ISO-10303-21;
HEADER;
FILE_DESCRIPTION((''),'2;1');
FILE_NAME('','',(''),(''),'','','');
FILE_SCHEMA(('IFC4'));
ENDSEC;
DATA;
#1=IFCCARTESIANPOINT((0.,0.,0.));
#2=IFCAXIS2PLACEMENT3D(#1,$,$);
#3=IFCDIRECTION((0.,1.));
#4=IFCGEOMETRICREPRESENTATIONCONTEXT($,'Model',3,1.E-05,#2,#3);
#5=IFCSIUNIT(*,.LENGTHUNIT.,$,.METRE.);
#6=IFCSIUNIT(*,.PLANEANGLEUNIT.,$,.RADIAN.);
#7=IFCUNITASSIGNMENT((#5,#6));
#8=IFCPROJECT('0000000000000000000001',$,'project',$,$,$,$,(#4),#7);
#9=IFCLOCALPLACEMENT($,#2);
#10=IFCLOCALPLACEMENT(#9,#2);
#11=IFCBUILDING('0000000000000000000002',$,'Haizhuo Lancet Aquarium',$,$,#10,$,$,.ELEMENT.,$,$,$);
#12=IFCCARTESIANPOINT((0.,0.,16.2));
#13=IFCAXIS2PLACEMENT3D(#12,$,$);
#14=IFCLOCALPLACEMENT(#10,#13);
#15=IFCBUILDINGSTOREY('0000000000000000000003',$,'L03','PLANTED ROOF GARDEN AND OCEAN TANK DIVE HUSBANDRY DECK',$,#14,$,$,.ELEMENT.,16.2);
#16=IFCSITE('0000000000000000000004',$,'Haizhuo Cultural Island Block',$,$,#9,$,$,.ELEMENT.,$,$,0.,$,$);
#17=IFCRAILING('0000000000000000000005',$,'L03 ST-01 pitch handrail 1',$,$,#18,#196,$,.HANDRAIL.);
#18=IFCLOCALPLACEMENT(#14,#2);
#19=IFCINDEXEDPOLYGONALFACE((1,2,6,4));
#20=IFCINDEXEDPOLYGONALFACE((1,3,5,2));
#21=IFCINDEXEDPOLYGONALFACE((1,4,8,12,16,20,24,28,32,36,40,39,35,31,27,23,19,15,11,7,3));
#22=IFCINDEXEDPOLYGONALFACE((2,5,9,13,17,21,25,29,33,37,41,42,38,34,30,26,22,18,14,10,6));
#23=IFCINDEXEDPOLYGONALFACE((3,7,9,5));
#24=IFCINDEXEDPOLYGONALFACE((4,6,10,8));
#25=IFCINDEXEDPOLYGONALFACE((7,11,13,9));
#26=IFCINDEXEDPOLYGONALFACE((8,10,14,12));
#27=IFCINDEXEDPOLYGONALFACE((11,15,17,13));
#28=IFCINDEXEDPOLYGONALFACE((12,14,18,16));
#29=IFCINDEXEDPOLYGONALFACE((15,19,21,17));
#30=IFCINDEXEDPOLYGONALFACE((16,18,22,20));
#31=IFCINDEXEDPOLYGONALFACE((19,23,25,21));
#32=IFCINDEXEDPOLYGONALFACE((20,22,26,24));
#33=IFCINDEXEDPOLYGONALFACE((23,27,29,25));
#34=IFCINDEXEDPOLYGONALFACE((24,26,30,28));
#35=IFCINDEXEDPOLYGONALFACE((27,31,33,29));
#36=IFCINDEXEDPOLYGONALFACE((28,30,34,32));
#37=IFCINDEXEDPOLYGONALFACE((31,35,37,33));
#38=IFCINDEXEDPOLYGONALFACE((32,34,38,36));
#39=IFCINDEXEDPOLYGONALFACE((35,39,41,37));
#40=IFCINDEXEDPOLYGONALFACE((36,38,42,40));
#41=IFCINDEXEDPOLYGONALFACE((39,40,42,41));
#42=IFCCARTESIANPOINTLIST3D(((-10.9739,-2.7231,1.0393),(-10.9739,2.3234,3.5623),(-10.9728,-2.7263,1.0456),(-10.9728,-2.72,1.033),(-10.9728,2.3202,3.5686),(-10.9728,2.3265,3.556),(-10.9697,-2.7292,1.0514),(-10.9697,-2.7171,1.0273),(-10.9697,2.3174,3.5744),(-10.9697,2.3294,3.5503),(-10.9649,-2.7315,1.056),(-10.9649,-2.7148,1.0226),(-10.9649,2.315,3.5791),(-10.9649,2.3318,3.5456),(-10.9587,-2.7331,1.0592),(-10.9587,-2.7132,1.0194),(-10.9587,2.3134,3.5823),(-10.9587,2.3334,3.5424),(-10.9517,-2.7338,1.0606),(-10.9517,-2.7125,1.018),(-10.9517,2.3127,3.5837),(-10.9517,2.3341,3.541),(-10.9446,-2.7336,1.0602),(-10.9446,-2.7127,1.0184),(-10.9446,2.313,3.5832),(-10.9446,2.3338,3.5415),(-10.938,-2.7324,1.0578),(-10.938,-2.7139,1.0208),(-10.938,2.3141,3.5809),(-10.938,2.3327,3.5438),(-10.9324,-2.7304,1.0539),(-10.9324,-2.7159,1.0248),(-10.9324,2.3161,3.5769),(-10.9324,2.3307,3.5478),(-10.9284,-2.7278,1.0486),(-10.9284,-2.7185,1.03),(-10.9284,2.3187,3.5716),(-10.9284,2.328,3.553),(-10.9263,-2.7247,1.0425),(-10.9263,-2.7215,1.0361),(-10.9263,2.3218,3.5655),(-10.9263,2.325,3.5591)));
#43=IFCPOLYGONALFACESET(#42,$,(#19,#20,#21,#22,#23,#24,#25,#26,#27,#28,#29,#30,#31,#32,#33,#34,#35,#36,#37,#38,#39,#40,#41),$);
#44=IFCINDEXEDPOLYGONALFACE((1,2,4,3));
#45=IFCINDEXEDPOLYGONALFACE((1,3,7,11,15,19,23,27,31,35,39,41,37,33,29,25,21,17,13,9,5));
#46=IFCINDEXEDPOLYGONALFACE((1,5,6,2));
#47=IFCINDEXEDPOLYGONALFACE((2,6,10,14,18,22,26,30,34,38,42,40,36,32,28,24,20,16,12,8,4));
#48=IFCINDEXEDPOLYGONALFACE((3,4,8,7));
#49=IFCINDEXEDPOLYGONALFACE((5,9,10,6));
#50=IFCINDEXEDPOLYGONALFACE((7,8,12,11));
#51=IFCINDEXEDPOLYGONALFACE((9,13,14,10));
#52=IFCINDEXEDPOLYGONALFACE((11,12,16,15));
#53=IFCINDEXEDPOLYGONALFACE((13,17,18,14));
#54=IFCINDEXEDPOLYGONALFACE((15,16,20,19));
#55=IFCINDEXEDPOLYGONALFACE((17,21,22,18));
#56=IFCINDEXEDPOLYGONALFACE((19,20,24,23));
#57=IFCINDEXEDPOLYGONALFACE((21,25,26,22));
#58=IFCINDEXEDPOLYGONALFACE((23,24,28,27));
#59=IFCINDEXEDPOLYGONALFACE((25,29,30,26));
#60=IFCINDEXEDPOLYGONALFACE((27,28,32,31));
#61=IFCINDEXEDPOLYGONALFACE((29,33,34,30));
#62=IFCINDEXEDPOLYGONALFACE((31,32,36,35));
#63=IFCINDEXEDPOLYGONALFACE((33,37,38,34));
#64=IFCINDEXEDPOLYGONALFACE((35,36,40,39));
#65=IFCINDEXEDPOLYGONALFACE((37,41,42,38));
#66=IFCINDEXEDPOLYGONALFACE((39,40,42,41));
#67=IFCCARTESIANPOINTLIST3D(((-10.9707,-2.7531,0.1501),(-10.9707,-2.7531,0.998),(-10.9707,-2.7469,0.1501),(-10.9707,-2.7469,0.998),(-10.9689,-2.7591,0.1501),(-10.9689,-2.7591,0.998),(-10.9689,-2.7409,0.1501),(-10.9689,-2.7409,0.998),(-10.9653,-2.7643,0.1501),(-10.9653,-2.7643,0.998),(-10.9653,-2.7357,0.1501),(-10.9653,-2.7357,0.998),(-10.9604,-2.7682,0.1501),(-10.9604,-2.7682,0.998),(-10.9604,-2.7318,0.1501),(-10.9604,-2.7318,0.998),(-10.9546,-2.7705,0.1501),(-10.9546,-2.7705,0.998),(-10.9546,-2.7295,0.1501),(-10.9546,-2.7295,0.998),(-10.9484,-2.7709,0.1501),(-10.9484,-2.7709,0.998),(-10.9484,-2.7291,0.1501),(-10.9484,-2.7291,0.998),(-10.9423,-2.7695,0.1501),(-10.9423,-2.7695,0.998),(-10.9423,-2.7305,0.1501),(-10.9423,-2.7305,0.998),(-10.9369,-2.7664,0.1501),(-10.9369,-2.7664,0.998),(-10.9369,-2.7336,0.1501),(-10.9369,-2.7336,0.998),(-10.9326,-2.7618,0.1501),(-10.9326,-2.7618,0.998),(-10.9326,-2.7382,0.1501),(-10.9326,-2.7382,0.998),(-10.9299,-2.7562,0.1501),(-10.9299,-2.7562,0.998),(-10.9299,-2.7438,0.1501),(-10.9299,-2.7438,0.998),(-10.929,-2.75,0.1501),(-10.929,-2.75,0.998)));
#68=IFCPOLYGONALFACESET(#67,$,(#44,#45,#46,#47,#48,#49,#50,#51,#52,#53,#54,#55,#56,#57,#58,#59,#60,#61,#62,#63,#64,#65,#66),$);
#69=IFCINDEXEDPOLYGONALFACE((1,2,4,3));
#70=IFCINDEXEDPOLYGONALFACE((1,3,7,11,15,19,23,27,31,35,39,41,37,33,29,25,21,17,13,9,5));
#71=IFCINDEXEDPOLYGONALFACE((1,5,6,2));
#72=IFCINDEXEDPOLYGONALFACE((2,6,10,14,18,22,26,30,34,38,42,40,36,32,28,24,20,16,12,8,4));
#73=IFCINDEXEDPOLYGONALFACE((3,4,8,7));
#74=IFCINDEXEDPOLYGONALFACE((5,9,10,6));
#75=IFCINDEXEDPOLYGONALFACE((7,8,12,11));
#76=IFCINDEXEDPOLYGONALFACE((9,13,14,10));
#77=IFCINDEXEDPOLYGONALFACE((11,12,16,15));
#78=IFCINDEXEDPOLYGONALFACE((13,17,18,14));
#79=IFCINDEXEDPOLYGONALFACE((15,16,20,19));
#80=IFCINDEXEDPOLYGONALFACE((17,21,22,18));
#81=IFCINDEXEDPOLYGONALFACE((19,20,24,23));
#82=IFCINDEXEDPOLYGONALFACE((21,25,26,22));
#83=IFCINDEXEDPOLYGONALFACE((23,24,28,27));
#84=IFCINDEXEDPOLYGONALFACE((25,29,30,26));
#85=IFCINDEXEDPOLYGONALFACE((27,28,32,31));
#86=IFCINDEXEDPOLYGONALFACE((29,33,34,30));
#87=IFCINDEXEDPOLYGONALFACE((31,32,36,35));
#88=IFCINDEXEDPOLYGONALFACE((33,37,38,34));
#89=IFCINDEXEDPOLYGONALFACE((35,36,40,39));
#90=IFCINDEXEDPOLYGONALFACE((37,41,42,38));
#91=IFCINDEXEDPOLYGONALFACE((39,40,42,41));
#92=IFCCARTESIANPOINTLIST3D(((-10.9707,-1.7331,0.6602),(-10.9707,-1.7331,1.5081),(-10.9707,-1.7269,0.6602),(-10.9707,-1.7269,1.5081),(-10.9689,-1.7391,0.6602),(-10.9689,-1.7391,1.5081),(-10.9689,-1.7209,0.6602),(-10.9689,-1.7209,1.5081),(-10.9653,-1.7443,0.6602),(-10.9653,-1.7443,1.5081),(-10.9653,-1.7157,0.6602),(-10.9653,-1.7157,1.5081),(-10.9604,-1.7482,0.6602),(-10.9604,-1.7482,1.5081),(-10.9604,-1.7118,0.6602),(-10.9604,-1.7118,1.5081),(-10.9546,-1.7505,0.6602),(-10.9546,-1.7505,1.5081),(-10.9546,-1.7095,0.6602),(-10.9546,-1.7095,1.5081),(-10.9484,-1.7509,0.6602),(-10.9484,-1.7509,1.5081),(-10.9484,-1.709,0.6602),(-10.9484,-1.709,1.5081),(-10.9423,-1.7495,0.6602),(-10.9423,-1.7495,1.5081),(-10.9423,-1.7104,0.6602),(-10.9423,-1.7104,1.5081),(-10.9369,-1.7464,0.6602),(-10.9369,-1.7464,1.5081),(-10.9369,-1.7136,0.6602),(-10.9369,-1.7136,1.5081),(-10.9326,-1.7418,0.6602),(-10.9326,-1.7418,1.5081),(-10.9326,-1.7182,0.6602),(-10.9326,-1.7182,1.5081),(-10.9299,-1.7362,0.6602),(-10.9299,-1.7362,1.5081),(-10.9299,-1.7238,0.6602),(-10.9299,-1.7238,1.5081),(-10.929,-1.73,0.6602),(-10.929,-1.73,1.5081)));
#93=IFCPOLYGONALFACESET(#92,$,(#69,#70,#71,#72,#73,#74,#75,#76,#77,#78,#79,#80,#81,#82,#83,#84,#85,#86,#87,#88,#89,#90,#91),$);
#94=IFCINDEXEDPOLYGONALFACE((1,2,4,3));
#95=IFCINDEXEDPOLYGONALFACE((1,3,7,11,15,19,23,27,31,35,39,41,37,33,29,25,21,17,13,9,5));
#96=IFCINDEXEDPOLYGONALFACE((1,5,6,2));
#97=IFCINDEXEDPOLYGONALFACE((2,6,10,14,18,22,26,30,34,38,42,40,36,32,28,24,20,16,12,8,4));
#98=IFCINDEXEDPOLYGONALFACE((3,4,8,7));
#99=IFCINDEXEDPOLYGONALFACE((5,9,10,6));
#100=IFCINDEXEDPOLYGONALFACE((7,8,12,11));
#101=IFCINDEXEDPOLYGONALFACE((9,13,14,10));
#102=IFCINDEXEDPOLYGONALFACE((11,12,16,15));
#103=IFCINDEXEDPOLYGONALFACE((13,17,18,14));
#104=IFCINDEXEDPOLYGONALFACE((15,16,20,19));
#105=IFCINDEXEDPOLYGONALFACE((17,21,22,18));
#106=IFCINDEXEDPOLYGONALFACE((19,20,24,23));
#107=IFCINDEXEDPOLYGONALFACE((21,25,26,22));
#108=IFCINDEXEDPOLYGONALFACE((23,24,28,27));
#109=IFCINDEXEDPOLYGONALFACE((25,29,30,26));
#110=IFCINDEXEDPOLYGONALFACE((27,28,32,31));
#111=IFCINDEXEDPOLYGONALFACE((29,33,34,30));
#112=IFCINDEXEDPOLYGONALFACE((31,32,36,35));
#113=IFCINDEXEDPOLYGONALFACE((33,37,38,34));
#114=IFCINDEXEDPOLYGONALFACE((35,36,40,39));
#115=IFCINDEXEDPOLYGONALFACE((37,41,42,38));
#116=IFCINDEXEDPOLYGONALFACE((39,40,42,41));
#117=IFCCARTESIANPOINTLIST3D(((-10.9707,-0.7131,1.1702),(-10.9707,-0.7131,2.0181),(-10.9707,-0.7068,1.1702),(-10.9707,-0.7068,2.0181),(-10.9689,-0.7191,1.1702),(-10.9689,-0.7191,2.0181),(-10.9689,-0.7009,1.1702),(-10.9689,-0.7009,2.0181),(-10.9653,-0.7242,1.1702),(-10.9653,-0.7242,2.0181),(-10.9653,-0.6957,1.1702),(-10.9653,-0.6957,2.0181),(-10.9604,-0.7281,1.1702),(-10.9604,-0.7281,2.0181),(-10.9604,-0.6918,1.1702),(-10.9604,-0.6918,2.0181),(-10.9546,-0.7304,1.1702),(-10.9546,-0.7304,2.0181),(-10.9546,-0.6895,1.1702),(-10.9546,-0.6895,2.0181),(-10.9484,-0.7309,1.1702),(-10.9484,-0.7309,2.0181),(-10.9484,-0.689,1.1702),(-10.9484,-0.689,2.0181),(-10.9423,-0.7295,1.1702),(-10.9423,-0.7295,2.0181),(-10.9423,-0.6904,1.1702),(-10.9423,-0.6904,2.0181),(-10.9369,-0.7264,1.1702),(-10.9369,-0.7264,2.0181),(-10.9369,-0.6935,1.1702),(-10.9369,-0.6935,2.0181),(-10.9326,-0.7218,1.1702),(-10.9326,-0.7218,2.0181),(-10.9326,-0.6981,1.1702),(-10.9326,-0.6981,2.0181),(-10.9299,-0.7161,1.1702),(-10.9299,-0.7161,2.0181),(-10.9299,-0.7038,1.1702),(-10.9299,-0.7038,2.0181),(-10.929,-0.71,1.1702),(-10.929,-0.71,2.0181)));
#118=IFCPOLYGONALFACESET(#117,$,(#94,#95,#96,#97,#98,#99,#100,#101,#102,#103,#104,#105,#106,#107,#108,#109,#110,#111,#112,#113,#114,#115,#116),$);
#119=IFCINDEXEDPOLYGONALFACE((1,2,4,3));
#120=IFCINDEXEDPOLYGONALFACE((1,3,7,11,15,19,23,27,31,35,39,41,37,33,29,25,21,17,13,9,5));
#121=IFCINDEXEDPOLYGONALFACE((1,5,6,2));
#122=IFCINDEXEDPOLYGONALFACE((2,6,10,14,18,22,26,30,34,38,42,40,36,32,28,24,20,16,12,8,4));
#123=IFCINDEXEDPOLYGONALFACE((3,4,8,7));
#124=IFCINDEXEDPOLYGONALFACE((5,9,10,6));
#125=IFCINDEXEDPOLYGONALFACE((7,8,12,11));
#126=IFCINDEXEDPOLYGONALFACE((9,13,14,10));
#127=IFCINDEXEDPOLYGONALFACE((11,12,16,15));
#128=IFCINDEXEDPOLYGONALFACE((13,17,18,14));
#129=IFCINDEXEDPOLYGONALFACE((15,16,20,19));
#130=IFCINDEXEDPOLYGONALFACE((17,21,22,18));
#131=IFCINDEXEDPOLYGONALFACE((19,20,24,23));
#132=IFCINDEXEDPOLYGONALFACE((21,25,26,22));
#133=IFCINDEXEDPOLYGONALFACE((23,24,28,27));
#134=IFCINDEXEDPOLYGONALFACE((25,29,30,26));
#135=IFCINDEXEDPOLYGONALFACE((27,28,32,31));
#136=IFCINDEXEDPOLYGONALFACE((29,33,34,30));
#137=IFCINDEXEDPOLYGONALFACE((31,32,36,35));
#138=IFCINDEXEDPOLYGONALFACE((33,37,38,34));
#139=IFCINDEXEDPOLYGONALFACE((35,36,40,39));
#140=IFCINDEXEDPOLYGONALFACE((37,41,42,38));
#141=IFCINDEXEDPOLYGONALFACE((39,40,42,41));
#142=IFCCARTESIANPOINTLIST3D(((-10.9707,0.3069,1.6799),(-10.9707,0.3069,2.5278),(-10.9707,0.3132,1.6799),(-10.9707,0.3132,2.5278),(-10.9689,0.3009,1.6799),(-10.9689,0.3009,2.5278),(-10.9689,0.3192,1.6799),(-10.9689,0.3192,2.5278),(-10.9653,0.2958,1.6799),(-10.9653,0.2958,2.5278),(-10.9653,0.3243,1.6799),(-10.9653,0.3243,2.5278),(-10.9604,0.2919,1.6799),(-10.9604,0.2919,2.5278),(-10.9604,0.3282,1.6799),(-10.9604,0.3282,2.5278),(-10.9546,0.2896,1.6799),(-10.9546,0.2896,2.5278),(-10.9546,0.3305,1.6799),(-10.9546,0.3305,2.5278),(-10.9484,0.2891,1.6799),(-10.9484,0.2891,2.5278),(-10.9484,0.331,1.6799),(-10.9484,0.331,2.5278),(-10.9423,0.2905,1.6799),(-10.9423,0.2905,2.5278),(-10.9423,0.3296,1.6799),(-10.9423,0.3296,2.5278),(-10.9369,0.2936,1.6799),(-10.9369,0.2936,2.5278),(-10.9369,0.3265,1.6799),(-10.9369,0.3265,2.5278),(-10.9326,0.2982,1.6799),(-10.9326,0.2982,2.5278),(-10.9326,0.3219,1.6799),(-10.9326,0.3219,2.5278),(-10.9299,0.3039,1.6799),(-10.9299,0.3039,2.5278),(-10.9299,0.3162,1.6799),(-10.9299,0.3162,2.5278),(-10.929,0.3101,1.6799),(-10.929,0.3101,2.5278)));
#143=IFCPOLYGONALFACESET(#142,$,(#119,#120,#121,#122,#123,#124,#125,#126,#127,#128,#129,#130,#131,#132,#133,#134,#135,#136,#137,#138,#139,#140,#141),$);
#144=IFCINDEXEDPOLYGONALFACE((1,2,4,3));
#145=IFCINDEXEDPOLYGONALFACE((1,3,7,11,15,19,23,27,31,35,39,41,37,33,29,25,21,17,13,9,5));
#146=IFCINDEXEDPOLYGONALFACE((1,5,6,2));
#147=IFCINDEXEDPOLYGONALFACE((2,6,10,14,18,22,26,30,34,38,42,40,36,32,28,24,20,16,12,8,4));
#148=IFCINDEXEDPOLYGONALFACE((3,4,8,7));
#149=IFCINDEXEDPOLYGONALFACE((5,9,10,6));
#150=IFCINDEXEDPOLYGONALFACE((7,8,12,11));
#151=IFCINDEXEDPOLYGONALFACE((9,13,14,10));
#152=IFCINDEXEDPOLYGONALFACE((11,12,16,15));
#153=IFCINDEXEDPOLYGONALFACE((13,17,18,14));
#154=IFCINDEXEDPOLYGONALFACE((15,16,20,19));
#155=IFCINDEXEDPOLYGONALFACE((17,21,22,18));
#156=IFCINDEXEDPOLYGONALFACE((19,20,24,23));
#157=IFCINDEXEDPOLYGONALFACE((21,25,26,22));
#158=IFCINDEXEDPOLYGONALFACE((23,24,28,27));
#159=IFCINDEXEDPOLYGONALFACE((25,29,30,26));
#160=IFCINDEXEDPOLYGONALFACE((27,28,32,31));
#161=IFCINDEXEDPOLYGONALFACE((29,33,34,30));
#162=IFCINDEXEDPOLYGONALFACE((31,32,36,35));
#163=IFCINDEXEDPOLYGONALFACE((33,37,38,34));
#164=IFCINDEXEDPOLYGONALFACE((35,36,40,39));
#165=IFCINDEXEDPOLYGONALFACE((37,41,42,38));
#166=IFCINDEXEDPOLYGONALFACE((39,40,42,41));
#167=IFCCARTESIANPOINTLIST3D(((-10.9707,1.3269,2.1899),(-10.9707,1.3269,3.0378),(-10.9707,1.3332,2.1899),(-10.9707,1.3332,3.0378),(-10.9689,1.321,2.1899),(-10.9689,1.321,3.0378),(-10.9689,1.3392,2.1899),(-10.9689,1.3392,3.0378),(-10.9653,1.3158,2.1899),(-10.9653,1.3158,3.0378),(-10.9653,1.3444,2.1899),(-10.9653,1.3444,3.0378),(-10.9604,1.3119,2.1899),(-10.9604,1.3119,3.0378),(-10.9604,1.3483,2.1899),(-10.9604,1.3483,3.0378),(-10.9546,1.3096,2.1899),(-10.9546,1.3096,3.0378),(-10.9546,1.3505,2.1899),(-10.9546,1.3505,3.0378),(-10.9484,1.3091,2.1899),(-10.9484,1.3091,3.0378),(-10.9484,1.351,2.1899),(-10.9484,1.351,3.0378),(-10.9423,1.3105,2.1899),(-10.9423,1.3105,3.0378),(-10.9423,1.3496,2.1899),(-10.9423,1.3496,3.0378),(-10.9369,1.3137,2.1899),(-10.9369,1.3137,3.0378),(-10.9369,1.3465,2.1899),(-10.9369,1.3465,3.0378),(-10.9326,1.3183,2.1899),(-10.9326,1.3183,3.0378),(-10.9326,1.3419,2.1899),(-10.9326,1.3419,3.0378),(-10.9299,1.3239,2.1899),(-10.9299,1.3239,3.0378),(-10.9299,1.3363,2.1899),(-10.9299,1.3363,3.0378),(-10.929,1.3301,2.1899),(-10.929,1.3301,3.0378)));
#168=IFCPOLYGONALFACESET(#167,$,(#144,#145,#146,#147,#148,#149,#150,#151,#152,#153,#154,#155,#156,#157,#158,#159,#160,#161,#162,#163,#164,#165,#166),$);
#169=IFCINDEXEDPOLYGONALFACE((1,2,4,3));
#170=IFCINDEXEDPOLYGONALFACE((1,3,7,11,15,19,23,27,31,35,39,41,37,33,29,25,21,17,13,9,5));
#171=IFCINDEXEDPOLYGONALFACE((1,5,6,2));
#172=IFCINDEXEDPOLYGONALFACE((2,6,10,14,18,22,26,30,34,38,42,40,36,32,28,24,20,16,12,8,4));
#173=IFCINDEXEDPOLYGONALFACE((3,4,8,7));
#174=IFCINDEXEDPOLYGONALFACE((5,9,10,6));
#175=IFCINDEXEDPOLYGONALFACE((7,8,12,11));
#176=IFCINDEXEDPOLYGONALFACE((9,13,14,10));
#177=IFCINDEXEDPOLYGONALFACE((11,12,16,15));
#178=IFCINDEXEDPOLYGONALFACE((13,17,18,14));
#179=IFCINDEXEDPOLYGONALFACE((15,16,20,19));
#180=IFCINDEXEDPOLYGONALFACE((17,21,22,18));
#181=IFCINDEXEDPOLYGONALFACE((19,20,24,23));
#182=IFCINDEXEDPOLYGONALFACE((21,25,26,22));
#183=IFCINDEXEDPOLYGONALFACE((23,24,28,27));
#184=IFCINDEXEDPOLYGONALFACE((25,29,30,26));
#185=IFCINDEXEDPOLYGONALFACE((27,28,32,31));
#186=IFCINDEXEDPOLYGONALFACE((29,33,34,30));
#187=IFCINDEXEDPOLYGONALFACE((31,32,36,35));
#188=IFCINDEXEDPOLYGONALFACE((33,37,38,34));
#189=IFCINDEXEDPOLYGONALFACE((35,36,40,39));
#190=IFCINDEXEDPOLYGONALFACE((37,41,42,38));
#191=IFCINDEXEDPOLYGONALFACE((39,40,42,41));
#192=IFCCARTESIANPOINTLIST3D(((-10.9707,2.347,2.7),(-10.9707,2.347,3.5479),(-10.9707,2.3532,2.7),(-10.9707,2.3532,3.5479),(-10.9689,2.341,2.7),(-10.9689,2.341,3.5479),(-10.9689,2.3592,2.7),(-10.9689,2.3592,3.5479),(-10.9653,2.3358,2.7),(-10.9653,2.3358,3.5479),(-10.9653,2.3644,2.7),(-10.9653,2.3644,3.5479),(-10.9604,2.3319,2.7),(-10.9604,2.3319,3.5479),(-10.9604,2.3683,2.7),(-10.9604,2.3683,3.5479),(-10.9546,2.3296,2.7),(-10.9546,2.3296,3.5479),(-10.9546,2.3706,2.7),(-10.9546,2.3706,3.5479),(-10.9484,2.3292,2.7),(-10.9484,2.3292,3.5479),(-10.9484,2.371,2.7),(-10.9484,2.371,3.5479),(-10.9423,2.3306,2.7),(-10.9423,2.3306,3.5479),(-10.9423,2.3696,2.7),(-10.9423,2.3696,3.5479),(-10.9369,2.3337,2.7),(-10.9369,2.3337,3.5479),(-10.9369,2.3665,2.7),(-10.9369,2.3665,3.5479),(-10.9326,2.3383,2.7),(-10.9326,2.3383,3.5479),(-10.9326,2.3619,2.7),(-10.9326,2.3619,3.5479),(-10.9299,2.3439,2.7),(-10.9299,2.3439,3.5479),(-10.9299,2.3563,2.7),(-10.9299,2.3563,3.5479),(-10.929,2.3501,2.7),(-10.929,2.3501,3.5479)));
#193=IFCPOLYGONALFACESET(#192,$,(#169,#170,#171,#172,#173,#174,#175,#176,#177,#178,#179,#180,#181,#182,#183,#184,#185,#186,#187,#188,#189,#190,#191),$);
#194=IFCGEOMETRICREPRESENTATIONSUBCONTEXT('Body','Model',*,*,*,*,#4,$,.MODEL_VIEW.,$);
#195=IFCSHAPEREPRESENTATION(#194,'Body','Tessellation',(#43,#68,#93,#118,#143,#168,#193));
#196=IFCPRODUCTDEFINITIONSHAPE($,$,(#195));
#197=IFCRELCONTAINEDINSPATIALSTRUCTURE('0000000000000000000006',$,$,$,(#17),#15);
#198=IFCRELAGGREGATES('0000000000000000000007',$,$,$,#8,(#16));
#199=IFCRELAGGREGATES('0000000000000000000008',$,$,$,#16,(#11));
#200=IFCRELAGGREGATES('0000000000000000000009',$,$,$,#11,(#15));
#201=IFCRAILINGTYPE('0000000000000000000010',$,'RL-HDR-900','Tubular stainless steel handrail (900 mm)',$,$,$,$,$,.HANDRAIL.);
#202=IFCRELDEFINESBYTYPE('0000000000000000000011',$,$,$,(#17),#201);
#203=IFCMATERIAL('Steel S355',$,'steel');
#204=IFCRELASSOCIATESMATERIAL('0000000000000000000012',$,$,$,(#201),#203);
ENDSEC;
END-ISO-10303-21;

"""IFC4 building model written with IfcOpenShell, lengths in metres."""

from ifc_helpers import new_model, si_unit, direction, frame, origin, origin_2d, place, context, subcontext, project, spatial, circle, extrude, material, type_object, element, save


model = new_model("IFC4")

# Units and contexts
model_context = context("Model", 3, precision=1e-05, world=origin(), true_north=direction((0.0, 1.0)))
body_context = subcontext(model_context, "Body", "Model", "MODEL_VIEW")
ifc_project = project(units=[si_unit("LENGTHUNIT", "METRE"), si_unit("PLANEANGLEUNIT", "RADIAN")], contexts=[model_context])

# Site, building, storey
site_placement = place(None, origin())
site = spatial("IfcSite", under=ifc_project, at=site_placement, Name="Haizhuo Cultural Island Block", CompositionType="ELEMENT", RefElevation=0.0)
building_placement = place(site_placement, origin())
building = spatial("IfcBuilding", under=site, at=building_placement, Name="Haizhuo Lancet Aquarium", CompositionType="ELEMENT")
storey_placement = place(building_placement, frame((0.0, 0.0, 16.2)))
storey = spatial("IfcBuildingStorey", under=building, at=storey_placement, Name="L03", Description="PLANTED ROOF GARDEN AND OCEAN TANK DIVE HUSBANDRY DECK", CompositionType="ELEMENT", Elevation=16.2)

# Shared definitions
ifc_material_1 = material(Name="Steel S355", Category="steel")

# Railing
railing_type_1 = type_object("IfcRailingType", Name="RL-HDR-900", Description="Tubular stainless steel handrail (900 mm)", PredefinedType="HANDRAIL", material=ifc_material_1)
railing_1_placement = place(storey_placement, frame((-10.95, -2.75, 0.1501)))
element("IfcRailing", 1, at=railing_1_placement, inside=storey, type_object=railing_type_1, Name="L03 ST-01 pitch handrail 1", PredefinedType="HANDRAIL", context=body_context, shape_type="SweptSolid", body=[
    extrude(circle(Radius=0.0239, at=origin_2d()), frame((0.0, 0.0269, 0.8892), z_axis=(0.0, 0.894444, 0.447179), x_axis=(-1.0, 0.0, 0.0)), (0.0, 0.0, 1.0), 5.6421),
    extrude(circle(Radius=0.021, at=origin_2d()), origin(), (0.0, 0.0, 1.0), 0.8479),
    extrude(circle(Radius=0.021, at=origin_2d()), frame((0.0, 1.02, 0.51)), (0.0, 0.0, 1.0), 0.8479),
    extrude(circle(Radius=0.021, at=origin_2d()), frame((0.0, 2.04, 1.02)), (0.0, 0.0, 1.0), 0.8479),
    extrude(circle(Radius=0.021, at=origin_2d()), frame((0.0, 3.0601, 1.5298)), (0.0, 0.0, 1.0), 0.8479),
    extrude(circle(Radius=0.021, at=origin_2d()), frame((0.0, 4.0801, 2.0398)), (0.0, 0.0, 1.0), 0.8479),
    extrude(circle(Radius=0.021, at=origin_2d()), frame((0.0, 5.1001, 2.5498)), (0.0, 0.0, 1.0), 0.8479),
])

save(model, "model.ifc")
